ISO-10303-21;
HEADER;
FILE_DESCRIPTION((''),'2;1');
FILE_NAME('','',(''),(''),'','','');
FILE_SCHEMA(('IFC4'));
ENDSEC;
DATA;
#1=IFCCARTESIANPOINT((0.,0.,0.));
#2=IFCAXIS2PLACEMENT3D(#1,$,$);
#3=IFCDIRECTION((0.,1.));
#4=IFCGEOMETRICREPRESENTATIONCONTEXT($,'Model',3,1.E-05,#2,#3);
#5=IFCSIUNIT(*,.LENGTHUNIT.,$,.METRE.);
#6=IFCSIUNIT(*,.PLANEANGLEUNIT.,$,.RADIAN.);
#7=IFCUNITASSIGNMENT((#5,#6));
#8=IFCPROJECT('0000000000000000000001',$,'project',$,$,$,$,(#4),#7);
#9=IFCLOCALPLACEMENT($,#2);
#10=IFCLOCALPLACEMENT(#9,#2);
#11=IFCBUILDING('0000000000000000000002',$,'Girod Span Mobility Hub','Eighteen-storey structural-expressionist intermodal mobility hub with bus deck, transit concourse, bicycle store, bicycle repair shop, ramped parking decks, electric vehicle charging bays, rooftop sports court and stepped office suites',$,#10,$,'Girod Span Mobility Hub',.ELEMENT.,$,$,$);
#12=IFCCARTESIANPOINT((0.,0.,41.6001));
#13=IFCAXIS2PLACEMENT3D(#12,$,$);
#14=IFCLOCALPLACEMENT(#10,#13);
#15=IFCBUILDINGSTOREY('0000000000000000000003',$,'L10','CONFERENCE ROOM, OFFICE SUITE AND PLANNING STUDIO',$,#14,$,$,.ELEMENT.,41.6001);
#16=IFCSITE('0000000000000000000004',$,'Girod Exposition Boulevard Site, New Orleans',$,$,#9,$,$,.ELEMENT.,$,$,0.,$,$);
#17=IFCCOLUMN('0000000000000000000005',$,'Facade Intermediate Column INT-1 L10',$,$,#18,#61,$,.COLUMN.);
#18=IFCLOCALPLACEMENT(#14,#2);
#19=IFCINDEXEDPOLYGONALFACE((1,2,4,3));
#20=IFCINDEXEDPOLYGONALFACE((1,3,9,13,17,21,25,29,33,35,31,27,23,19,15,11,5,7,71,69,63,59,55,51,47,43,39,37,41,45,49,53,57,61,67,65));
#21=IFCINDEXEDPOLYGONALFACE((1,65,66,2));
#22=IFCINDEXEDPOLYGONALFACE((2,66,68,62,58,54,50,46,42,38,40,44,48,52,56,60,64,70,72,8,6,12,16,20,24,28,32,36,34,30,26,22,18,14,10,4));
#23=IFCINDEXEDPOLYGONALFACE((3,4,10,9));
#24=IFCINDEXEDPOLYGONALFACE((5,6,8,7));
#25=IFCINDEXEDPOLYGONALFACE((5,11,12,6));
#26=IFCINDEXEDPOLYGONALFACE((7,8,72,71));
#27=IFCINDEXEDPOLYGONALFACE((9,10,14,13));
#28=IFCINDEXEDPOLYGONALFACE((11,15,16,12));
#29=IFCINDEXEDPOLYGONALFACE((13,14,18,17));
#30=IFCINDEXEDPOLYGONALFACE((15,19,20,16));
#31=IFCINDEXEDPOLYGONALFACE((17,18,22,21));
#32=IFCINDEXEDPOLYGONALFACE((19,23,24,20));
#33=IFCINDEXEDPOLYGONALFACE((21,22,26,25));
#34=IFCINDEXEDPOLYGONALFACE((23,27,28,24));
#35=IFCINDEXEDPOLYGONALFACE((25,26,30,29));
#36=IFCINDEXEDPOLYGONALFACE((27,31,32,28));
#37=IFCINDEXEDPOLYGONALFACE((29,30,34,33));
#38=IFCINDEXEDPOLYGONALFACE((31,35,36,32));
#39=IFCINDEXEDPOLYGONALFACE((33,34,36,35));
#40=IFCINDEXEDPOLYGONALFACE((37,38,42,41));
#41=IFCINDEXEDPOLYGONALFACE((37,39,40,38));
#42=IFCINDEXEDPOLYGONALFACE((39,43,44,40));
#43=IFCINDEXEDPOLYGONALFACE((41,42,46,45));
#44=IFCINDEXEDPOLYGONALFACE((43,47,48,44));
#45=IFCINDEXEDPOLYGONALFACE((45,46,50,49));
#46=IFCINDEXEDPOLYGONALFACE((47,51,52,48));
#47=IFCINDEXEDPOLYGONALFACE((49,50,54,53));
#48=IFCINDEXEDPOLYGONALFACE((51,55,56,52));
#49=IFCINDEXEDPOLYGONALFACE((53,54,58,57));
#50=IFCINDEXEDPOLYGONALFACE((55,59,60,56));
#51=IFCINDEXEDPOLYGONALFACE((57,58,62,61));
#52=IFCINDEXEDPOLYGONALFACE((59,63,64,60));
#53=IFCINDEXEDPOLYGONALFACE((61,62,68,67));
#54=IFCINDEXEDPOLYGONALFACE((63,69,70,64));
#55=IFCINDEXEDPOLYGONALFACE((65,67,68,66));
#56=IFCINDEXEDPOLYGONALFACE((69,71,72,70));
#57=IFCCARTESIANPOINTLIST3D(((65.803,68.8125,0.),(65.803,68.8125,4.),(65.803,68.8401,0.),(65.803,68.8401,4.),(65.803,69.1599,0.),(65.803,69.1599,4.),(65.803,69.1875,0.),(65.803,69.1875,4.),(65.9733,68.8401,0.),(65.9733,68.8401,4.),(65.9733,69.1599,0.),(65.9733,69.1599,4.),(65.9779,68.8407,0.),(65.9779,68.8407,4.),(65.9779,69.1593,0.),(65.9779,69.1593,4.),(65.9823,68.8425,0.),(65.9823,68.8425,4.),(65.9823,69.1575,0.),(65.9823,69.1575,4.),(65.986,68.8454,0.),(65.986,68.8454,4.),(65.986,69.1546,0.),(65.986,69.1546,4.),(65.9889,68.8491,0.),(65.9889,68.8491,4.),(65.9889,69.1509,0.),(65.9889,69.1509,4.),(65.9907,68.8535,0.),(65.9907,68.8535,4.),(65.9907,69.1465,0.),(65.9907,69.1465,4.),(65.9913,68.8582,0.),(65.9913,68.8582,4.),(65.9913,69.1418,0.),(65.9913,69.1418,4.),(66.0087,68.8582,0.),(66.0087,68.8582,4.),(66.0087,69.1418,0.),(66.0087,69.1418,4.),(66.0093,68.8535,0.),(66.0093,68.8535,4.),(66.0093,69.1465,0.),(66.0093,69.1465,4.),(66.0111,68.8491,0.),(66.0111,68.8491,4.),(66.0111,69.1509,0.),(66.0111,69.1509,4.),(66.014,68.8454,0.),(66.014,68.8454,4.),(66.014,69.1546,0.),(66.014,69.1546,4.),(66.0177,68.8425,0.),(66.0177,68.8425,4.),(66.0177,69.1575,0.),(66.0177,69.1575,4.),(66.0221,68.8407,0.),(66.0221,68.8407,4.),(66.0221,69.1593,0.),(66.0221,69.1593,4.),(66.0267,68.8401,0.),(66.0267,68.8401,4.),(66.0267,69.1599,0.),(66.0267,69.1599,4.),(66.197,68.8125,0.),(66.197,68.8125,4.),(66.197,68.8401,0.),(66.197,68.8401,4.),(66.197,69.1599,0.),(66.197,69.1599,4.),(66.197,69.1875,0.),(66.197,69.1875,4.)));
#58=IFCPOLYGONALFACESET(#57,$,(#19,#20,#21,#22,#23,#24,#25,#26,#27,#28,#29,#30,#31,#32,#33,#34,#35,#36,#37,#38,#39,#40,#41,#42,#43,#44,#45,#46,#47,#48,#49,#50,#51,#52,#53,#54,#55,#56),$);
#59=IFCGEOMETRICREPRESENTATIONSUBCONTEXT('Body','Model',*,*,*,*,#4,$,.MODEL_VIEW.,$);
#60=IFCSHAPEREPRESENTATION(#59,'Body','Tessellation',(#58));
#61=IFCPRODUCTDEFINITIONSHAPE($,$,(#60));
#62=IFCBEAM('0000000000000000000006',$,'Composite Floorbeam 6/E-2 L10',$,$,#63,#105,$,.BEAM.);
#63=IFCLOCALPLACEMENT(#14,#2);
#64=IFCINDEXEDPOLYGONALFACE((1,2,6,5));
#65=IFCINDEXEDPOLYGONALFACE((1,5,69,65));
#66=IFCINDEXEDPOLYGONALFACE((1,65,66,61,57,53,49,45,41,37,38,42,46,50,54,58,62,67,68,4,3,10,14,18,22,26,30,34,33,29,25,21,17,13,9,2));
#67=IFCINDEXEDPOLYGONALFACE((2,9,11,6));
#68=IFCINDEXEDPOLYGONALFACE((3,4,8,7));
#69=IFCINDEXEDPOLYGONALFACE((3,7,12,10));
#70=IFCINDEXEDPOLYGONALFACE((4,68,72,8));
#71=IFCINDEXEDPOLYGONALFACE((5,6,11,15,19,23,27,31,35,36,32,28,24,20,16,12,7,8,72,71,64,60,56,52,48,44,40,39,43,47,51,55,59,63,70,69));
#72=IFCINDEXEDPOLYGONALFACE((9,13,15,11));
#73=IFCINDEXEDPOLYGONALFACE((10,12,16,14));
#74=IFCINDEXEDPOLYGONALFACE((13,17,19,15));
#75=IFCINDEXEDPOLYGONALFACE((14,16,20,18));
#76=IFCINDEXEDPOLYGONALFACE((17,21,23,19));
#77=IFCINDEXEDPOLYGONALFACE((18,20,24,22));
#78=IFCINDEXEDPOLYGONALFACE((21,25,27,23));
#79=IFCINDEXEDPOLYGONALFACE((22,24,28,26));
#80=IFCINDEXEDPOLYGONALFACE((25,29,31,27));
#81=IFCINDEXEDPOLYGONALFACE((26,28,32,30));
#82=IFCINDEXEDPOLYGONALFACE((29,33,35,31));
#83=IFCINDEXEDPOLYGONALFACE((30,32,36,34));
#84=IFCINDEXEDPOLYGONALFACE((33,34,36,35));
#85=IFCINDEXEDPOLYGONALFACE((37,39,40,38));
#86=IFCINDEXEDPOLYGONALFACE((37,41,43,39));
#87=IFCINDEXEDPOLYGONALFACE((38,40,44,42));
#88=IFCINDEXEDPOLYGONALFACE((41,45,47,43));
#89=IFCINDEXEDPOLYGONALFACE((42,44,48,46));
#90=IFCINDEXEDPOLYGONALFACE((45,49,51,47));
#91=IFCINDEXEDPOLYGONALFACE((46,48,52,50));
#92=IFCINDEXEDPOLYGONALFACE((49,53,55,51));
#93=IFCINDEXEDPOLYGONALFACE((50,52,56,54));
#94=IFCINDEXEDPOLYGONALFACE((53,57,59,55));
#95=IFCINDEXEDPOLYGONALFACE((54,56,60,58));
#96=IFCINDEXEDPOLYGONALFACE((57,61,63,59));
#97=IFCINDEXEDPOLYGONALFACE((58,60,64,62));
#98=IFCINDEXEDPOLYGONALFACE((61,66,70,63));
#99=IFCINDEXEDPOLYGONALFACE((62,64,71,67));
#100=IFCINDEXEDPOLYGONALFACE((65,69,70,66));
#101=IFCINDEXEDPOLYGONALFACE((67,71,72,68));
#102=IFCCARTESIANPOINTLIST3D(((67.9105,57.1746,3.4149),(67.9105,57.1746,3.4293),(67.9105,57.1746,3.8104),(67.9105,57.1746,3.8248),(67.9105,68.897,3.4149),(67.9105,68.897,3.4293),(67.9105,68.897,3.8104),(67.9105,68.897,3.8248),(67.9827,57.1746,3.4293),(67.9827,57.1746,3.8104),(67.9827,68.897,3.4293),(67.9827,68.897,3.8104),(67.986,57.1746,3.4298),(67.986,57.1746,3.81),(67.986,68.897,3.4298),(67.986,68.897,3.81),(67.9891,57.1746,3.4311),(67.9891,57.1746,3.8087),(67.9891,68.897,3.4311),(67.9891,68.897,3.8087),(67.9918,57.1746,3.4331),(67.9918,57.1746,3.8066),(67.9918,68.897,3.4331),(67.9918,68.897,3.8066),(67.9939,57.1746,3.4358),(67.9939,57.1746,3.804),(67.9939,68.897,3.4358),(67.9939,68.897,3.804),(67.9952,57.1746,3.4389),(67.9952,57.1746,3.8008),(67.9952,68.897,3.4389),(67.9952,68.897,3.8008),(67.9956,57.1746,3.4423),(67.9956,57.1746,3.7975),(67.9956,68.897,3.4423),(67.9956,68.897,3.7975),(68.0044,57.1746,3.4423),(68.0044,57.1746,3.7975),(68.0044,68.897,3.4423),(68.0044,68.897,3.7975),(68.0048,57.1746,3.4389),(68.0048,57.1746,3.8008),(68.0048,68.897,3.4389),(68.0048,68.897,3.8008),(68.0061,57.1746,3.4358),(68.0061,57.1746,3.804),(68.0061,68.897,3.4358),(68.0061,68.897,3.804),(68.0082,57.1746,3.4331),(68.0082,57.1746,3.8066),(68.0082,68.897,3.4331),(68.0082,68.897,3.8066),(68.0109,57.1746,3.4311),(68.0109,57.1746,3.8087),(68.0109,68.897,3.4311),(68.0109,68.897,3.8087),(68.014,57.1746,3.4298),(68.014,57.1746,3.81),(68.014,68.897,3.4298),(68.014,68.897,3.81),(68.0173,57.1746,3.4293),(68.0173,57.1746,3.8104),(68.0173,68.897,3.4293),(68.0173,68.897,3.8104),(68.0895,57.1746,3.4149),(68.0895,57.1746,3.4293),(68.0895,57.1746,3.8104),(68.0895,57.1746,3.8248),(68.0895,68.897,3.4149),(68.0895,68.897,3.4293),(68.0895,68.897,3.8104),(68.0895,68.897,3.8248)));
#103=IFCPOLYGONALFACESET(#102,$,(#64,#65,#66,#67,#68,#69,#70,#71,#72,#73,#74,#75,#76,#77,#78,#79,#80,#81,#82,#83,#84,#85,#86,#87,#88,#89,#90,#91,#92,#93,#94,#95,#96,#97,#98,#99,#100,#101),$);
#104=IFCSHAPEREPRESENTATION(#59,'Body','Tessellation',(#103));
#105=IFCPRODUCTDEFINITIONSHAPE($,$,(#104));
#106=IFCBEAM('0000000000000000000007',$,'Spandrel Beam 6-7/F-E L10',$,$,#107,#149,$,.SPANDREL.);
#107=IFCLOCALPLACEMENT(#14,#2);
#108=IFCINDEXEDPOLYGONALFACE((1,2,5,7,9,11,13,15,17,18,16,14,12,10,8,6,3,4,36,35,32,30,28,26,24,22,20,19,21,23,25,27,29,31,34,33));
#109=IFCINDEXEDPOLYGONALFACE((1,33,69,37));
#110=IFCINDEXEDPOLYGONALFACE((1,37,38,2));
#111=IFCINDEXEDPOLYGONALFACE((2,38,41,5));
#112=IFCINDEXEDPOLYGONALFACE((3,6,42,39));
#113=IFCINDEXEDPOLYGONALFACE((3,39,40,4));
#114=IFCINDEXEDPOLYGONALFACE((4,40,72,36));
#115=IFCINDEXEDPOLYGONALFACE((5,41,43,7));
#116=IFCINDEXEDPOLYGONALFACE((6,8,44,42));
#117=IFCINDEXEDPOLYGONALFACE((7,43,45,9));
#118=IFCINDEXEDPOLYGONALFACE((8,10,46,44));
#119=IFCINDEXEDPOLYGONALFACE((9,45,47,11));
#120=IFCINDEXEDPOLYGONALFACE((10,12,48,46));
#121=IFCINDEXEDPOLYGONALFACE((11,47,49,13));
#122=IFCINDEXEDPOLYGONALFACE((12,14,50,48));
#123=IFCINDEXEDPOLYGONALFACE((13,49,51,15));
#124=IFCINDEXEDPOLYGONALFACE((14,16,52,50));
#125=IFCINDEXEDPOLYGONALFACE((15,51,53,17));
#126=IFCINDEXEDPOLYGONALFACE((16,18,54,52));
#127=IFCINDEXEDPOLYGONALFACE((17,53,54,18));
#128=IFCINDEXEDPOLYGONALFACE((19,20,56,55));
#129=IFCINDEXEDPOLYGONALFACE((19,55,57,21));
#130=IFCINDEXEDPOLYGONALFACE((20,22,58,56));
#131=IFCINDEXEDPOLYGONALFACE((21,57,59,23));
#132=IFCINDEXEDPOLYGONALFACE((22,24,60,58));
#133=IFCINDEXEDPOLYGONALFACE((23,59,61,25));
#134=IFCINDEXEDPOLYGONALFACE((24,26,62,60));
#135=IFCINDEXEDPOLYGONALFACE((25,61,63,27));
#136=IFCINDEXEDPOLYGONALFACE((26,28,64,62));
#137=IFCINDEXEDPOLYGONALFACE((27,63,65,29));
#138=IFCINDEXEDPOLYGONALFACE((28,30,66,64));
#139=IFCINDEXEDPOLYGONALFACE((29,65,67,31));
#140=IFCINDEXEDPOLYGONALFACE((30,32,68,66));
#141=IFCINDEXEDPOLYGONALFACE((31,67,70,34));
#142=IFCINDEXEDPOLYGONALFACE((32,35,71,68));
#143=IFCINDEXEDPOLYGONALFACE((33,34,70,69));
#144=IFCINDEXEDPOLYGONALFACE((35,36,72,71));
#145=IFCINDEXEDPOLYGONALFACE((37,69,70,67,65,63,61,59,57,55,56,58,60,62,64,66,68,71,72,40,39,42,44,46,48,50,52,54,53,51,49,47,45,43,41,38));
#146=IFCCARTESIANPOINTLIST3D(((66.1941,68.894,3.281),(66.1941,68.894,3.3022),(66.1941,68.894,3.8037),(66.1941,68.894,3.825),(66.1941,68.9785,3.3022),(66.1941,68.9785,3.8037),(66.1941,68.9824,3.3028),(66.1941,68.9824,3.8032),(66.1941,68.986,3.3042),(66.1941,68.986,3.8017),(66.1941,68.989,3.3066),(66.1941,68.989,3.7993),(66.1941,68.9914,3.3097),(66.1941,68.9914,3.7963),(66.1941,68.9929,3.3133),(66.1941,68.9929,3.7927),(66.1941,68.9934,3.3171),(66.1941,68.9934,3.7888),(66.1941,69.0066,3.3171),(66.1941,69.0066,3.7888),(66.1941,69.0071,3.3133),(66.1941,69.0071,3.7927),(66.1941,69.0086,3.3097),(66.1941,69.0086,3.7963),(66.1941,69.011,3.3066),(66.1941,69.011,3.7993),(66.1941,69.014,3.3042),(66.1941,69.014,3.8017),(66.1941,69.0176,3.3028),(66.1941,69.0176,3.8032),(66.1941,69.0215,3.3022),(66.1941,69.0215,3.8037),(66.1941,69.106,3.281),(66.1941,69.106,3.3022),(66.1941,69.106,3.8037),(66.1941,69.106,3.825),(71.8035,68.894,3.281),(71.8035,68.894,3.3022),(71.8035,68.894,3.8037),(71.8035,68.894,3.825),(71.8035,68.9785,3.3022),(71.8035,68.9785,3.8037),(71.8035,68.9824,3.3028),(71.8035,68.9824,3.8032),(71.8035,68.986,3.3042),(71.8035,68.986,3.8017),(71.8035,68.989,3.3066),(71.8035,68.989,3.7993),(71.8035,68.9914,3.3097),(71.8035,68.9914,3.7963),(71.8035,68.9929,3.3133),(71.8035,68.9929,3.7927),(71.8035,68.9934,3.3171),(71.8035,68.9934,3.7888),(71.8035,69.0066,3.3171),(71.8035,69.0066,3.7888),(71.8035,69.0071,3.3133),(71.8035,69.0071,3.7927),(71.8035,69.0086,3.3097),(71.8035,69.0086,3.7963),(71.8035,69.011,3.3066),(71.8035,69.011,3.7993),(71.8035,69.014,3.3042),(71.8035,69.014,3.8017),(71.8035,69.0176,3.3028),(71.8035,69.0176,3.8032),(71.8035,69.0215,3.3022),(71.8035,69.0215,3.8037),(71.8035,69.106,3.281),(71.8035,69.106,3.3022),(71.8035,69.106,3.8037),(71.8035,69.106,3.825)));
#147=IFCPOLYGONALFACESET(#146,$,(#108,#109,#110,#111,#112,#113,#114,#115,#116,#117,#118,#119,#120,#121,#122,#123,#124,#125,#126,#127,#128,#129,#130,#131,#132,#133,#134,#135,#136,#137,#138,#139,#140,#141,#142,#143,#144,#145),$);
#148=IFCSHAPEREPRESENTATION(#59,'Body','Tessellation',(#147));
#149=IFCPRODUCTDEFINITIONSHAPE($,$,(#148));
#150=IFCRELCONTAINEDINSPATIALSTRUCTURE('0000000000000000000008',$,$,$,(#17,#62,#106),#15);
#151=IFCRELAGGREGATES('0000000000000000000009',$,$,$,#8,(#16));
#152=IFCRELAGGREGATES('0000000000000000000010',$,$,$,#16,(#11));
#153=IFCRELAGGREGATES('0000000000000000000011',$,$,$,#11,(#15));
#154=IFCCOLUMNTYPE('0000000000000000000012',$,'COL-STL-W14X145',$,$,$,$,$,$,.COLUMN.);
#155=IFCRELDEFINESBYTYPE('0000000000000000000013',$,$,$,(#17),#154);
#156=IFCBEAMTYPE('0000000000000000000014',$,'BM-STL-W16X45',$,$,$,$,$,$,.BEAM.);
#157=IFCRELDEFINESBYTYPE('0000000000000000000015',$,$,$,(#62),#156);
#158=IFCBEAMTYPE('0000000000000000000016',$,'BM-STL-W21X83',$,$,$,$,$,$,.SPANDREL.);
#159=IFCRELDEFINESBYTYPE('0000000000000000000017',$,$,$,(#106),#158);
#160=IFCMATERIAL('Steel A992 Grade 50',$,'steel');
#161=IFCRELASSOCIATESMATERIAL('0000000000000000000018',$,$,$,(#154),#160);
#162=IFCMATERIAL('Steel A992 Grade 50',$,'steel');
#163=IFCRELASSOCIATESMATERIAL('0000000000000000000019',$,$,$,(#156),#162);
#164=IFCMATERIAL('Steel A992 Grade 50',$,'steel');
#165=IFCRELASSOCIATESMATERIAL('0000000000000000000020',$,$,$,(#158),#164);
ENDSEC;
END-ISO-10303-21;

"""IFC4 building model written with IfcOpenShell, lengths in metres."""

from ifc_helpers import new_model, si_unit, direction, frame, origin, origin_2d, place, context, subcontext, project, spatial, i_section, extrude, material, material_profile, profile_set, type_object, element, save


model = new_model("IFC4")

# Units and contexts
model_context = context("Model", 3, precision=1e-05, world=origin(), true_north=direction((0.0, 1.0)))
body_context = subcontext(model_context, "Body", "Model", "MODEL_VIEW")
ifc_project = project(units=[si_unit("LENGTHUNIT", "METRE"), si_unit("PLANEANGLEUNIT", "RADIAN")], contexts=[model_context])

# Site, building, storey
site_placement = place(None, origin())
site = spatial("IfcSite", under=ifc_project, at=site_placement, Name="Girod Exposition Boulevard Site, New Orleans", CompositionType="ELEMENT", RefElevation=0.0)
building_placement = place(site_placement, origin())
building = spatial("IfcBuilding", under=site, at=building_placement, Name="Girod Span Mobility Hub", Description="Eighteen-storey structural-expressionist intermodal mobility hub with bus deck, transit concourse, bicycle store, bicycle repair shop, ramped parking decks, electric vehicle charging bays, rooftop sports court and stepped office suites", LongName="Girod Span Mobility Hub", CompositionType="ELEMENT")
storey_placement = place(building_placement, frame((0.0, 0.0, 41.6001)))
storey = spatial("IfcBuildingStorey", under=building, at=storey_placement, Name="L10", Description="CONFERENCE ROOM, OFFICE SUITE AND PLANNING STUDIO", CompositionType="ELEMENT", Elevation=41.6001)

# Column
ifc_material_1 = material(Name="Steel A992 Grade 50", Category="steel")
ifc_material_profile_1 = material_profile(ifc_material_1, i_section(OverallWidth=0.394, OverallDepth=0.375, WebThickness=0.0173, FlangeThickness=0.0276, FilletRadius=0.0181, at=origin_2d()), Name="W14X145")
ifc_profile_set_1 = profile_set([ifc_material_profile_1], Name="Steel A992 Grade 50")
column_type = type_object("IfcColumnType", Name="COL-STL-W14X145", PredefinedType="COLUMN", material=ifc_profile_set_1)
column_placement = place(storey_placement, frame((66.0, 69.0, 0.0), z_axis=(0.0, 0.0, 1.0), x_axis=(1.0, 0.0, 0.0)))
element("IfcColumn", 1, at=column_placement, inside=storey, type_object=column_type, Name="Facade Intermediate Column INT-1 L10", PredefinedType="COLUMN", context=body_context, shape_type="SweptSolid", body=[
    extrude(i_section(OverallWidth=0.394, OverallDepth=0.375, WebThickness=0.0173, FlangeThickness=0.0276, FilletRadius=0.0181, at=origin_2d()), origin(), (0.0, 0.0, 1.0), 4.0),
])

# Beams
ifc_material_2 = material(Name="Steel A992 Grade 50", Category="steel")
ifc_material_profile_2 = material_profile(ifc_material_2, i_section(OverallWidth=0.179, OverallDepth=0.4099, WebThickness=0.0088, FlangeThickness=0.0144, FilletRadius=0.0129, at=origin_2d()), Name="W16X45")
ifc_profile_set_2 = profile_set([ifc_material_profile_2], Name="Steel A992 Grade 50")
beam_type_1 = type_object("IfcBeamType", Name="BM-STL-W16X45", PredefinedType="BEAM", material=ifc_profile_set_2)
beam_1_placement = place(storey_placement, frame((68.0, 57.1746, 3.6199), z_axis=(0.0, 1.0, 0.0), x_axis=(-1.0, 0.0, 0.0)))
element("IfcBeam", 2, at=beam_1_placement, inside=storey, type_object=beam_type_1, Name="Composite Floorbeam 6/E-2 L10", PredefinedType="BEAM", context=body_context, shape_type="SweptSolid", body=[
    extrude(i_section(OverallWidth=0.179, OverallDepth=0.4099, WebThickness=0.0088, FlangeThickness=0.0144, FilletRadius=0.0129, at=origin_2d()), origin(), (0.0, 0.0, 1.0), 11.7224),
])
ifc_material_3 = material(Name="Steel A992 Grade 50", Category="steel")
ifc_material_profile_3 = material_profile(ifc_material_3, i_section(OverallWidth=0.2119, OverallDepth=0.5439, WebThickness=0.0132, FlangeThickness=0.0212, FilletRadius=0.0149, at=origin_2d()), Name="W21X83")
ifc_profile_set_3 = profile_set([ifc_material_profile_3], Name="Steel A992 Grade 50")
beam_type_2 = type_object("IfcBeamType", Name="BM-STL-W21X83", PredefinedType="SPANDREL", material=ifc_profile_set_3)
beam_2_placement = place(storey_placement, frame((66.1941, 69.0, 3.553), z_axis=(1.0, 0.0, 0.0), x_axis=(0.0, 1.0, 0.0)))
element("IfcBeam", 3, at=beam_2_placement, inside=storey, type_object=beam_type_2, Name="Spandrel Beam 6-7/F-E L10", PredefinedType="SPANDREL", context=body_context, shape_type="SweptSolid", body=[
    extrude(i_section(OverallWidth=0.2119, OverallDepth=0.5439, WebThickness=0.0132, FlangeThickness=0.0212, FilletRadius=0.0149, at=origin_2d()), origin(), (0.0, 0.0, 1.0), 5.6094),
])

save(model, "model.ifc")
